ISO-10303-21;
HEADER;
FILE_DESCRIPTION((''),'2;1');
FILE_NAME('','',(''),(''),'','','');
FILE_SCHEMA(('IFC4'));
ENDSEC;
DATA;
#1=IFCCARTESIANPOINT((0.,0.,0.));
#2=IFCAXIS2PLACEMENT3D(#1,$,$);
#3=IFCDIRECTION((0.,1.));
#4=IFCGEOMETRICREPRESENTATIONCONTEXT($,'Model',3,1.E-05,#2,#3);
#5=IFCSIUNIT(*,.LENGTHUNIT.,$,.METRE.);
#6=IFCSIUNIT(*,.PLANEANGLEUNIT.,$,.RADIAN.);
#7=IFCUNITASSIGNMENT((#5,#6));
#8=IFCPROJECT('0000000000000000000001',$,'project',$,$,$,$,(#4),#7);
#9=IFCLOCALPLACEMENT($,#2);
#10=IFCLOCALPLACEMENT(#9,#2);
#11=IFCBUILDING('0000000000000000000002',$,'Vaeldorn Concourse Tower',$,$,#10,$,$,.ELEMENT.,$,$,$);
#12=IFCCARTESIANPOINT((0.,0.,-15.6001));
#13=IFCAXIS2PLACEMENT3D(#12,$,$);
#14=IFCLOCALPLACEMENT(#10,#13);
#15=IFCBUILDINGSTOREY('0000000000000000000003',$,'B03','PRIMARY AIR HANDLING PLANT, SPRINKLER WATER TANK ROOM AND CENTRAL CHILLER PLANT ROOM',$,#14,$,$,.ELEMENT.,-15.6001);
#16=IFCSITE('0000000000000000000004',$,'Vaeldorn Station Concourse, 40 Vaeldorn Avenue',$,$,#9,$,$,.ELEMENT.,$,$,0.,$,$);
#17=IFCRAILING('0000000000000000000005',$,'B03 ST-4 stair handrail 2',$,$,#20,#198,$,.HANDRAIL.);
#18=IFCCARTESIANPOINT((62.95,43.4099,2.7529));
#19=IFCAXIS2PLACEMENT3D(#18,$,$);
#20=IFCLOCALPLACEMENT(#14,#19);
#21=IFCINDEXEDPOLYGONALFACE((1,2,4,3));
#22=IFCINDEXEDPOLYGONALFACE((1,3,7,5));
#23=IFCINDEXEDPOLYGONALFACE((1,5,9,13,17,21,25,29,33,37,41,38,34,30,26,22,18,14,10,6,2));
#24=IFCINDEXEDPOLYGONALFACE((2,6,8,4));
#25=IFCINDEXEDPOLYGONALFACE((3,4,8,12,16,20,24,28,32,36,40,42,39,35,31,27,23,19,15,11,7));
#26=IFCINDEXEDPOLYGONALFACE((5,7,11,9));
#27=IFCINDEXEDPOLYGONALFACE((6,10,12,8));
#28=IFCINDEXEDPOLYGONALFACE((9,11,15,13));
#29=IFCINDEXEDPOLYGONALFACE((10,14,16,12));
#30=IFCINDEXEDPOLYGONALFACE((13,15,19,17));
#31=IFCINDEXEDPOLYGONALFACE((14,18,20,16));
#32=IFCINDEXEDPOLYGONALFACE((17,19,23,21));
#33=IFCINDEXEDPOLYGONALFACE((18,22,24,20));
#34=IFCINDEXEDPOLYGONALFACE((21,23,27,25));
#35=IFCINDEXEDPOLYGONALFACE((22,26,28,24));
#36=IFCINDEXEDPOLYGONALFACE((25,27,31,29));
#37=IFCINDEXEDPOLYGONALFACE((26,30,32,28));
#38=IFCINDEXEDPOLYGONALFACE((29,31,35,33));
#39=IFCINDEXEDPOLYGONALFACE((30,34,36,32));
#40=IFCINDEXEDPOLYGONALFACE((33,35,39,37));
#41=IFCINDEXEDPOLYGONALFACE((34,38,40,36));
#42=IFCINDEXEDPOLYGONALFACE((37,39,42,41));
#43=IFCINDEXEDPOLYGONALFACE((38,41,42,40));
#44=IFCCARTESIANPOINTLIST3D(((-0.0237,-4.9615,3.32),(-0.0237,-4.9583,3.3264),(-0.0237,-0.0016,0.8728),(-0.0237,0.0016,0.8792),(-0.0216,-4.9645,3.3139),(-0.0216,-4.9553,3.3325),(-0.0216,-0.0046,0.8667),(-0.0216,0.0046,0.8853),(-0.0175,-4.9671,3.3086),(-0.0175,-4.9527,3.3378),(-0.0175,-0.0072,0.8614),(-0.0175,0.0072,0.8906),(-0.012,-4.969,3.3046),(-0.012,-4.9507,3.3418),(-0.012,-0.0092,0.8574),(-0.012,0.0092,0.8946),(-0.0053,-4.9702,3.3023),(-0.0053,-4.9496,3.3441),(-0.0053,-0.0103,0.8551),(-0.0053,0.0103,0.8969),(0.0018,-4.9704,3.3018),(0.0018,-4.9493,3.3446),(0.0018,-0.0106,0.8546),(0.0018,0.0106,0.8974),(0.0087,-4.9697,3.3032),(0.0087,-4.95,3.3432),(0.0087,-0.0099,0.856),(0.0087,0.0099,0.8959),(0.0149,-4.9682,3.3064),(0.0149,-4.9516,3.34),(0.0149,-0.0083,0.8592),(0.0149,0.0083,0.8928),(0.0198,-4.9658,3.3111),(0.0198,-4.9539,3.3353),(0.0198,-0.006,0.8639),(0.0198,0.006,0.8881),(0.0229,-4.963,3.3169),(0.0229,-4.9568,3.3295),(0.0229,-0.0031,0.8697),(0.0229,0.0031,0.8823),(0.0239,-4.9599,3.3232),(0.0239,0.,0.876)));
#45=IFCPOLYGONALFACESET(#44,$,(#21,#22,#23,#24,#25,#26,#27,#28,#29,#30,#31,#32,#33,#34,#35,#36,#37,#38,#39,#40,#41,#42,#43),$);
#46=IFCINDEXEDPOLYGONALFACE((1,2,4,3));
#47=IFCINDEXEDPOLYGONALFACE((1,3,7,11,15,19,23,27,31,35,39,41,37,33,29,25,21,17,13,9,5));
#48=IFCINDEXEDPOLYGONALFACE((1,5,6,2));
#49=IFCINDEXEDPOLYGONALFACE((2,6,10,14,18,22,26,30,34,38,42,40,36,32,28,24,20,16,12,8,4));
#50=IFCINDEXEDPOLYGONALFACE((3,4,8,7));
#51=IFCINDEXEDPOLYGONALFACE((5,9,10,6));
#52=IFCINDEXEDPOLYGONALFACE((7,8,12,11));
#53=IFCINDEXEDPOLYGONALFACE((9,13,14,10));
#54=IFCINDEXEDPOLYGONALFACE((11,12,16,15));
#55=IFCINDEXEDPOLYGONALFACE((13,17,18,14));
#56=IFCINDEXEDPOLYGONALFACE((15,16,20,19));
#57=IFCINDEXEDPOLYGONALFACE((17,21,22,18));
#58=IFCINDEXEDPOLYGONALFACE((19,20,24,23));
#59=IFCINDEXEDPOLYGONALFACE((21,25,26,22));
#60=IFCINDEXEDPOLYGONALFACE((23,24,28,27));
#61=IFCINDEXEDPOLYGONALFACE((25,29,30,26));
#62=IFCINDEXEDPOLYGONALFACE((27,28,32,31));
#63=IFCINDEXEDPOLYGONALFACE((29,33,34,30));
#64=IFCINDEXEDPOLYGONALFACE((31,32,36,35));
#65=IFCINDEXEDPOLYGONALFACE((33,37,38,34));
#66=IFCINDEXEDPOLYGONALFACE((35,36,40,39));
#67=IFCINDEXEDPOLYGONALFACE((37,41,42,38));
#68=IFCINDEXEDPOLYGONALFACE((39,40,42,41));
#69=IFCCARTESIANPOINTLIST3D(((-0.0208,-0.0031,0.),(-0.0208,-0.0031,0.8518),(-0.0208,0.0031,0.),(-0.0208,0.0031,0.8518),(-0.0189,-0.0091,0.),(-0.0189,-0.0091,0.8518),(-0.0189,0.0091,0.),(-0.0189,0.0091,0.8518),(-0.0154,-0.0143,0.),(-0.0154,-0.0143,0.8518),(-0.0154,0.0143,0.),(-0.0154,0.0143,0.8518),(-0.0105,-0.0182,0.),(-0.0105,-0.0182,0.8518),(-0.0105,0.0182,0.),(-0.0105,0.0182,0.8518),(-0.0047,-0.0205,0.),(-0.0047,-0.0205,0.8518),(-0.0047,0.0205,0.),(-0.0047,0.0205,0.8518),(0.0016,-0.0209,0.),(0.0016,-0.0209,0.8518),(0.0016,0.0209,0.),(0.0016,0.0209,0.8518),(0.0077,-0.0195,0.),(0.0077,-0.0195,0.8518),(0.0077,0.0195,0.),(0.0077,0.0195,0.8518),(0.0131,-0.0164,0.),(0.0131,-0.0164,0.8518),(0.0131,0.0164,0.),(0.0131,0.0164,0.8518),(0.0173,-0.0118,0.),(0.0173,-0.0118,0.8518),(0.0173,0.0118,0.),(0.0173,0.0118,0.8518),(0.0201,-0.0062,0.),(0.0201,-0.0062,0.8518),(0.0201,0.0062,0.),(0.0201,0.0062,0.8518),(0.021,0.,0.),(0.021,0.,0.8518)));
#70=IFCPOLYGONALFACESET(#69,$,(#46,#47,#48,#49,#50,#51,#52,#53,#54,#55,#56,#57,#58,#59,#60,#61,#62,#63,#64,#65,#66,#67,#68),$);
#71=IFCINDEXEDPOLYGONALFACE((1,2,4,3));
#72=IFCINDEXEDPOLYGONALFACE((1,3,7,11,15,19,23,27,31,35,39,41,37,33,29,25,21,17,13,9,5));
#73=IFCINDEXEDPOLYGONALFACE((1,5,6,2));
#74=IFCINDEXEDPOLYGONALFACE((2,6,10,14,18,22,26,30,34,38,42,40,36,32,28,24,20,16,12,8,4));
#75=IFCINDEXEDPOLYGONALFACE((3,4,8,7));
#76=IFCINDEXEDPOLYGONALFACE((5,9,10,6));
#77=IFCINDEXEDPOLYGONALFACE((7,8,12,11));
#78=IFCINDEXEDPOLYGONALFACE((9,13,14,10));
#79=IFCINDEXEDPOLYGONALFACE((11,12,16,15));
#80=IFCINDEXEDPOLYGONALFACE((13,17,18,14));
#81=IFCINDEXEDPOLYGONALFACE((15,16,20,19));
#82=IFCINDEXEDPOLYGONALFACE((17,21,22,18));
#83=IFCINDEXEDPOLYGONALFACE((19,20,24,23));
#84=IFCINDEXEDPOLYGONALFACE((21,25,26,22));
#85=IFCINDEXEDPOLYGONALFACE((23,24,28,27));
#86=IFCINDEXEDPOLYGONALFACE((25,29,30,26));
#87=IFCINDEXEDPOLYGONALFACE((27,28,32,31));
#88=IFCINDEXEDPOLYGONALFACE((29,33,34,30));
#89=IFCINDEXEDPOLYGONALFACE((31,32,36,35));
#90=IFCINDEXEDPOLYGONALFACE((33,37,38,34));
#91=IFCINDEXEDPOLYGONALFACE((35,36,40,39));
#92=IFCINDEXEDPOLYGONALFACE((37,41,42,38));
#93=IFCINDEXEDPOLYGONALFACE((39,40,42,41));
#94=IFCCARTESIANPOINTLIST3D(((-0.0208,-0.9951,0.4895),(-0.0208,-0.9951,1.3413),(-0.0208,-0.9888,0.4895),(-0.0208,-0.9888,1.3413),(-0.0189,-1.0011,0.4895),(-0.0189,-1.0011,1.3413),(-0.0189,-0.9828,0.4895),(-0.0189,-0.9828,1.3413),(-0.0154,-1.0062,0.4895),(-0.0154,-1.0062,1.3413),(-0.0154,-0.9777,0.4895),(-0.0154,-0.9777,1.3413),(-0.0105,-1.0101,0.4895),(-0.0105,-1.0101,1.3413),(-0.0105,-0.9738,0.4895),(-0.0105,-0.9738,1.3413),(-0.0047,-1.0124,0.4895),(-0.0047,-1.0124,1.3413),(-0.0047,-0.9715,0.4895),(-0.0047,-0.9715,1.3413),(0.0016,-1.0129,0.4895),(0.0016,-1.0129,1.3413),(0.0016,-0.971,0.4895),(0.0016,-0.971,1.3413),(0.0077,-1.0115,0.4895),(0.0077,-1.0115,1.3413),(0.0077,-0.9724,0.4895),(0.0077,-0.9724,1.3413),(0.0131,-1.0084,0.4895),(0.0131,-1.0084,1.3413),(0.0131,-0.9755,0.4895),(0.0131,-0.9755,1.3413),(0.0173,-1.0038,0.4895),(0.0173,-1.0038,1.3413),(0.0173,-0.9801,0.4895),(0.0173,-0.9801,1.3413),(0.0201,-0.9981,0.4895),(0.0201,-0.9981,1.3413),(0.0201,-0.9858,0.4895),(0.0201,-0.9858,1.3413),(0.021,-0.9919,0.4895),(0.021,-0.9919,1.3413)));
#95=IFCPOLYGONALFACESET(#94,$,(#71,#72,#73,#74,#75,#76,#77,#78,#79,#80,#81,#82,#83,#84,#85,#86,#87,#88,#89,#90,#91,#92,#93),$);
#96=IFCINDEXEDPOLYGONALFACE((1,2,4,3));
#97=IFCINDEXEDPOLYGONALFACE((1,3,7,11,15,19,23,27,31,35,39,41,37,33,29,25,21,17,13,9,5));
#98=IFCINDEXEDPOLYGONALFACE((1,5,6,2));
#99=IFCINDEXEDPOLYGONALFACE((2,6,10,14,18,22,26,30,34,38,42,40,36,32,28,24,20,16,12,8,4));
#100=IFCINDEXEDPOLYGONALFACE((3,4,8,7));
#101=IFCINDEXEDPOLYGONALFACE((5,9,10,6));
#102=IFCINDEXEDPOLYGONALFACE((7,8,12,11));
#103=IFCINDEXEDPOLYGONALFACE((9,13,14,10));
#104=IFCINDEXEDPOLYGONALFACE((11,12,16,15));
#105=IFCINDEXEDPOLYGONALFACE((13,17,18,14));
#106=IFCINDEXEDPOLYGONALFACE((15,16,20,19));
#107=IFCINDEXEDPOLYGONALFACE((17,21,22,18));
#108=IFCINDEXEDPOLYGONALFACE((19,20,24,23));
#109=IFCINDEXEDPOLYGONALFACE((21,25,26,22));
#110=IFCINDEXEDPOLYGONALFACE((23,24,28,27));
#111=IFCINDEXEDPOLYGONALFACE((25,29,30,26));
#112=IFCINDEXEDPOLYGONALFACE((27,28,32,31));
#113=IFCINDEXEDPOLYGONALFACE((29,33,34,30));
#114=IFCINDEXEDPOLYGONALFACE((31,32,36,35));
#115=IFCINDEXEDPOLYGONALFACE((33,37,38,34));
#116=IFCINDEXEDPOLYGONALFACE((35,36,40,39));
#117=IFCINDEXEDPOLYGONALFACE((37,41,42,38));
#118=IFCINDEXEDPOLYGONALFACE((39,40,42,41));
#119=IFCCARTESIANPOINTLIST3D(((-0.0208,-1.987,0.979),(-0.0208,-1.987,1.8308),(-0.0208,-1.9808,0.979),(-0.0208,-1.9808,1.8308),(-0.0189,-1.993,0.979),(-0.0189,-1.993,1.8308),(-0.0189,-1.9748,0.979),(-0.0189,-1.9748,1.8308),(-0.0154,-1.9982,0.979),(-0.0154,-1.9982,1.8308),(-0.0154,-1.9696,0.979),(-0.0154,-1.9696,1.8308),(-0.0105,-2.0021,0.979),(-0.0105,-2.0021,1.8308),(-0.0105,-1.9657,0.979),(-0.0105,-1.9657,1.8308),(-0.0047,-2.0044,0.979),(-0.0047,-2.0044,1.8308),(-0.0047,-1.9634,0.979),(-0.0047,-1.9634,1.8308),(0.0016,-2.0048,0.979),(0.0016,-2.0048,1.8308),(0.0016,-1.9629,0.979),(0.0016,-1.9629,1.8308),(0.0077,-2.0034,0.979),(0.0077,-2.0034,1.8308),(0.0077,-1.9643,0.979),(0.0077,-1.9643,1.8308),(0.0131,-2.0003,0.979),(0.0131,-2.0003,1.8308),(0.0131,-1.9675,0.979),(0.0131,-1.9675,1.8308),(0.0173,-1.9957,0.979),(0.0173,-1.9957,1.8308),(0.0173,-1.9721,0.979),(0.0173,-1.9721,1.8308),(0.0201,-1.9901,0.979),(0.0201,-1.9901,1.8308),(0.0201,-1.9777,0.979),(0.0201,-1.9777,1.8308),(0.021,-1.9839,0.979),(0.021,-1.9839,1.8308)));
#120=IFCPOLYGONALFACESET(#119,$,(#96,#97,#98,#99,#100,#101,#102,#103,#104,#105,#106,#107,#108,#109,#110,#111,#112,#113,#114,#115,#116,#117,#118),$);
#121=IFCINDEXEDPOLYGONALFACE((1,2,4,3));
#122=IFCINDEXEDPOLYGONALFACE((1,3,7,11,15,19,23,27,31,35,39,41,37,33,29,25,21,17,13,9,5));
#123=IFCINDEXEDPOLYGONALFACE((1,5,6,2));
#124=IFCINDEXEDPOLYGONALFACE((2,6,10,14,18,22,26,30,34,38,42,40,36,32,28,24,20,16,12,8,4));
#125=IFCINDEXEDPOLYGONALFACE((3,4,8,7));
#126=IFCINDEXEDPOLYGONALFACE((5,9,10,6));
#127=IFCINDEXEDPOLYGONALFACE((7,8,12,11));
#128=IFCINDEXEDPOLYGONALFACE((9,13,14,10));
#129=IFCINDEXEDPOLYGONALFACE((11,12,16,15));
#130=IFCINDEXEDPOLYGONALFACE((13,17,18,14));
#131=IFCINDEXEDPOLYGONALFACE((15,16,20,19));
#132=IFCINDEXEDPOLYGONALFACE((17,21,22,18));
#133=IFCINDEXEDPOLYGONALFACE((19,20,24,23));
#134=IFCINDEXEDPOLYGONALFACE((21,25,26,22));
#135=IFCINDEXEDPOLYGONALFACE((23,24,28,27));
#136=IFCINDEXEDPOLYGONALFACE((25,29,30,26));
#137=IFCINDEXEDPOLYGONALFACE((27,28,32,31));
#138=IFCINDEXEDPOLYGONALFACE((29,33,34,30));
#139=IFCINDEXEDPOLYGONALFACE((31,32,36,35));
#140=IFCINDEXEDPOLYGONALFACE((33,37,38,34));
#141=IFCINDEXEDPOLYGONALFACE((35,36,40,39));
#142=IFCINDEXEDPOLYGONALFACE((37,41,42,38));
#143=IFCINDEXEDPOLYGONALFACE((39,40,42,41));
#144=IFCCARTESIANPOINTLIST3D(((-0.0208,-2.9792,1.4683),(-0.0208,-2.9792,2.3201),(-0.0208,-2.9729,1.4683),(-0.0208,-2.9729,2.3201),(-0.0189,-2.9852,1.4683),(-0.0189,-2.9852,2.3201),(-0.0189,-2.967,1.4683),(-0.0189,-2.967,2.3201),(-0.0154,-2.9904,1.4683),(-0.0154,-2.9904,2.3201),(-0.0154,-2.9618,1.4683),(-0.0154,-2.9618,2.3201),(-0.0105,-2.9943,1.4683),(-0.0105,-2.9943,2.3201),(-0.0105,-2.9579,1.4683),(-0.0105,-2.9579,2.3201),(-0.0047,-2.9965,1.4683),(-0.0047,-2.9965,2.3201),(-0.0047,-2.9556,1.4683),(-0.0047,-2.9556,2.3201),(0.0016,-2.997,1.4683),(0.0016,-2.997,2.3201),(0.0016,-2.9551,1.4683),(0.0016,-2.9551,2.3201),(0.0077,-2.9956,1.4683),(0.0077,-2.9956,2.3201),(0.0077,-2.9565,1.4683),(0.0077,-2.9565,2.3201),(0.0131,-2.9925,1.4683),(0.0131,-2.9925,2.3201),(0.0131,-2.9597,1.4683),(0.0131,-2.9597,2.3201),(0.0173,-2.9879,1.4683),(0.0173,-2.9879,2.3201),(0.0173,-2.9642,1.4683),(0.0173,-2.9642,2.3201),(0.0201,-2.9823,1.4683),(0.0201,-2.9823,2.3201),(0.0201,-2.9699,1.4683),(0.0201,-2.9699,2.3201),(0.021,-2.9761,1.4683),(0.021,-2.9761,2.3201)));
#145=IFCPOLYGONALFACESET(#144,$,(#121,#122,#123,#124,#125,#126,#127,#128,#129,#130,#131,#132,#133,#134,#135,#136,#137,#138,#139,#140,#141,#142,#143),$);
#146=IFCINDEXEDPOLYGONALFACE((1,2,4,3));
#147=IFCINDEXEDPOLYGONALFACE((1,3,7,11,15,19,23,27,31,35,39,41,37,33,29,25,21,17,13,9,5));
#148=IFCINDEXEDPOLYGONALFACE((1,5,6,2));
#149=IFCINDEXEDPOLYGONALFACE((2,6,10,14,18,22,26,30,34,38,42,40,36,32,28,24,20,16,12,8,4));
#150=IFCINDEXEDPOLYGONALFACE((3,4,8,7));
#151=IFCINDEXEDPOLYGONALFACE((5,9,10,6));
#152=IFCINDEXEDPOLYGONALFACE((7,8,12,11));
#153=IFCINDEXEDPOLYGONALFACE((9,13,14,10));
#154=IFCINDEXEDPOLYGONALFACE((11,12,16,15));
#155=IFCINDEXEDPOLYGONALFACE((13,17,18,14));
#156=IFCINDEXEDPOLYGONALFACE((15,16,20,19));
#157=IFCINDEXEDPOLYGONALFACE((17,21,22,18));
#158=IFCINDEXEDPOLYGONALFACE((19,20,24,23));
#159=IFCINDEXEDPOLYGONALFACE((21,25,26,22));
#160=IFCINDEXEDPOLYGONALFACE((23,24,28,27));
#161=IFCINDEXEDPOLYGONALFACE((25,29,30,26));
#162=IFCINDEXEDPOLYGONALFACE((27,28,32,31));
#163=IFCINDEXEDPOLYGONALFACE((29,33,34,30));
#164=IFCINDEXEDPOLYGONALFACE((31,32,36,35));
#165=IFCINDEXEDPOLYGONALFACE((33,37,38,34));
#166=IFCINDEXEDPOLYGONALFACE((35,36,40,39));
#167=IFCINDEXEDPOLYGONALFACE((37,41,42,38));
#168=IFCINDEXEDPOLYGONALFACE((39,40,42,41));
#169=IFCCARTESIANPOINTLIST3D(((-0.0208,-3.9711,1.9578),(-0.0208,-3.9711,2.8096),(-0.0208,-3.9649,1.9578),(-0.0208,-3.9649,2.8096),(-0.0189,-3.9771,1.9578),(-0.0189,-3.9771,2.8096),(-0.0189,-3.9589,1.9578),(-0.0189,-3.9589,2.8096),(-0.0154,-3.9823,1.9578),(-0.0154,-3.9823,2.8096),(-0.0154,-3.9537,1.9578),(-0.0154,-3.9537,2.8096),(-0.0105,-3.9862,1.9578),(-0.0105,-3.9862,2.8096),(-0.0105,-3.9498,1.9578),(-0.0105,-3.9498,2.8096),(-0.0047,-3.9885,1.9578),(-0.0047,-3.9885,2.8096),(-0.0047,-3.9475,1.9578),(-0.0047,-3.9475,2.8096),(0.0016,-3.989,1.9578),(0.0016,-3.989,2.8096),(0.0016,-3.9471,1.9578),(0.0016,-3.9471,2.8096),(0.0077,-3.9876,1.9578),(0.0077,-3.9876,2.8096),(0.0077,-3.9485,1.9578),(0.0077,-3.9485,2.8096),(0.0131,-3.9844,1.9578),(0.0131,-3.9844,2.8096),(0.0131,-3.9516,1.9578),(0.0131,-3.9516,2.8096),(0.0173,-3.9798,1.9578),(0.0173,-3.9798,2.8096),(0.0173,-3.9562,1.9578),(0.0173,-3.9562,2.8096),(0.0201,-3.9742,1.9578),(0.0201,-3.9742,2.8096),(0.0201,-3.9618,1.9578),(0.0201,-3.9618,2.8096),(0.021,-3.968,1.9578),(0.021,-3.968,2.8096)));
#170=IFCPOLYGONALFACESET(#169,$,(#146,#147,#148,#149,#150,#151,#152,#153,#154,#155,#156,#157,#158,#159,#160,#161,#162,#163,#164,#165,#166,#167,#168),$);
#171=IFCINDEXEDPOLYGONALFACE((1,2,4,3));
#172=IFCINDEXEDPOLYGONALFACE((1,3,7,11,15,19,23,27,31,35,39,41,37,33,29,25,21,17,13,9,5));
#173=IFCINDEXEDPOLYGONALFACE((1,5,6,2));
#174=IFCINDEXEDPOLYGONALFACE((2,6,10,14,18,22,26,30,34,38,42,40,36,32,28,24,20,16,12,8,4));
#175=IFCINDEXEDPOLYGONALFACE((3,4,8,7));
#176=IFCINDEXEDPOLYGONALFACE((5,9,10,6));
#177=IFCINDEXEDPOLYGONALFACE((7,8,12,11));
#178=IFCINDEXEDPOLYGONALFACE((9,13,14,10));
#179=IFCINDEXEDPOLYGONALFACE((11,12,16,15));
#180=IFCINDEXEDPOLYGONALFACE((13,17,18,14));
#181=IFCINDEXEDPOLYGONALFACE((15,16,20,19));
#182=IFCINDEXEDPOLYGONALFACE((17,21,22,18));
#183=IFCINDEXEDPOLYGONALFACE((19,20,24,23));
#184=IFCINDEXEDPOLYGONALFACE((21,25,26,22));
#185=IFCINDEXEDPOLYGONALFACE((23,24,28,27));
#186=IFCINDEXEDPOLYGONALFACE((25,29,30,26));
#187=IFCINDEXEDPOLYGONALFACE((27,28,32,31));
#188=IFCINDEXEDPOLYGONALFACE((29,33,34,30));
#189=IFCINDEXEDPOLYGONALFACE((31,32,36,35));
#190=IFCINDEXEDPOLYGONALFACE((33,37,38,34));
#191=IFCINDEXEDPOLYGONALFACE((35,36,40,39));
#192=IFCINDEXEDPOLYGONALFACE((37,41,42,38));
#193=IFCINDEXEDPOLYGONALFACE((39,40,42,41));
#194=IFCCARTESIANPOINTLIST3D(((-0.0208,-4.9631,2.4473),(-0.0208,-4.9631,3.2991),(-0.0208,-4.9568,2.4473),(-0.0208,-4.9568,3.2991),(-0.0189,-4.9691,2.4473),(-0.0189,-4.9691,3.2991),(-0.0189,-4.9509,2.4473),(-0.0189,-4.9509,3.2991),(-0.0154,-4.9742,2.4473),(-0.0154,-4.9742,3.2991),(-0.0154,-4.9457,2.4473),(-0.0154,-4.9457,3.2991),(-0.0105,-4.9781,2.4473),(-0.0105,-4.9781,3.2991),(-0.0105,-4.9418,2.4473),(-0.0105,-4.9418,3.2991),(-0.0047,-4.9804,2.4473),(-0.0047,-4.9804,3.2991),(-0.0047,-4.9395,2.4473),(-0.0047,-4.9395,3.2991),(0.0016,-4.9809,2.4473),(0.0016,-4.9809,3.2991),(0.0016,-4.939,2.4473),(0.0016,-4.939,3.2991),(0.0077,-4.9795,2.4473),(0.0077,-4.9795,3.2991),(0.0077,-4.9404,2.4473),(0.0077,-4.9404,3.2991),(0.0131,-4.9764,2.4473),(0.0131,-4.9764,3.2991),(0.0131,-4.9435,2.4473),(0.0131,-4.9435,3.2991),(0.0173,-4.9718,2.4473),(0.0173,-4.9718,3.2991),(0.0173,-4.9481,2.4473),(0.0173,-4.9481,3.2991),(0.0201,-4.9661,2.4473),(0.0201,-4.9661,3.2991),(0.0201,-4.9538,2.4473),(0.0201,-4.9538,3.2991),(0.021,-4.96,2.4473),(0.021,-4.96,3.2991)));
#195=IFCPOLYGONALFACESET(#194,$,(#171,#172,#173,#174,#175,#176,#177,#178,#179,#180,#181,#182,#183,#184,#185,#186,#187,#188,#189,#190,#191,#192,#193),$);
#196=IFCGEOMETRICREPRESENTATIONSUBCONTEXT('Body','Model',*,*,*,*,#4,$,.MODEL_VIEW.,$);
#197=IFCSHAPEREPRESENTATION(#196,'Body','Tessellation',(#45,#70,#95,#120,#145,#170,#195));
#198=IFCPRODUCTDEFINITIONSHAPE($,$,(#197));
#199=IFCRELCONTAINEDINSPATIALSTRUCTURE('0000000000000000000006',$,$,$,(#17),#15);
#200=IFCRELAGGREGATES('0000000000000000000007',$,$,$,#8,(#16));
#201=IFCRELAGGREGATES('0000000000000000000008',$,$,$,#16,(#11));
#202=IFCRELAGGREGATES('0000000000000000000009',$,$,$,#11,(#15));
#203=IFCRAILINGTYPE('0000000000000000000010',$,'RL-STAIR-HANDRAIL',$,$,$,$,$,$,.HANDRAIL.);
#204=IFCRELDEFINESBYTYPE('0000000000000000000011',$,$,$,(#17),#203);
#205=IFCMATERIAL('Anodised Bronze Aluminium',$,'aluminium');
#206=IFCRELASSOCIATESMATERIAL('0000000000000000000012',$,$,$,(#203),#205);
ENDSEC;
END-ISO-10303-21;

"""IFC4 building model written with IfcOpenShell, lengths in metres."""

from ifc_helpers import new_model, si_unit, direction, frame, origin, origin_2d, place, context, subcontext, project, spatial, circle, extrude, material, type_object, element, save


model = new_model("IFC4")

# Units and contexts
model_context = context("Model", 3, precision=1e-05, world=origin(), true_north=direction((0.0, 1.0)))
body_context = subcontext(model_context, "Body", "Model", "MODEL_VIEW")
ifc_project = project(units=[si_unit("LENGTHUNIT", "METRE"), si_unit("PLANEANGLEUNIT", "RADIAN")], contexts=[model_context])

# Site, building, storey
site_placement = place(None, origin())
site = spatial("IfcSite", under=ifc_project, at=site_placement, Name="Vaeldorn Station Concourse, 40 Vaeldorn Avenue", CompositionType="ELEMENT", RefElevation=0.0)
building_placement = place(site_placement, origin())
building = spatial("IfcBuilding", under=site, at=building_placement, Name="Vaeldorn Concourse Tower", CompositionType="ELEMENT")
storey_placement = place(building_placement, frame((0.0, 0.0, -15.6001)))
storey = spatial("IfcBuildingStorey", under=building, at=storey_placement, Name="B03", Description="PRIMARY AIR HANDLING PLANT, SPRINKLER WATER TANK ROOM AND CENTRAL CHILLER PLANT ROOM", CompositionType="ELEMENT", Elevation=-15.6001)

# Railing
ifc_material_1 = material(Name="Anodised Bronze Aluminium", Category="aluminium")
railing_type_1 = type_object("IfcRailingType", Name="RL-STAIR-HANDRAIL", PredefinedType="HANDRAIL", material=ifc_material_1)
railing_1_placement = place(storey_placement, frame((62.95, 43.4099, 2.7529)))
element("IfcRailing", 1, at=railing_1_placement, inside=storey, type_object=railing_type_1, Name="B03 ST-4 stair handrail 2", PredefinedType="HANDRAIL", context=body_context, shape_type="SweptSolid", body=[
    extrude(circle(Radius=0.0239, at=origin_2d()), frame((0.0, 0.0, 0.876), z_axis=(0.0, -0.896781, 0.442475), x_axis=(1.0, 0.0, 0.0)), (0.0, 0.0, 1.0), 5.5308),
    extrude(circle(Radius=0.021, at=origin_2d()), origin(), (0.0, 0.0, 1.0), 0.8518),
    extrude(circle(Radius=0.021, at=origin_2d()), frame((0.0, -0.9919, 0.4895)), (0.0, 0.0, 1.0), 0.8518),
    extrude(circle(Radius=0.021, at=origin_2d()), frame((0.0, -1.9839, 0.979)), (0.0, 0.0, 1.0), 0.8518),
    extrude(circle(Radius=0.021, at=origin_2d()), frame((0.0, -2.9761, 1.4683)), (0.0, 0.0, 1.0), 0.8518),
    extrude(circle(Radius=0.021, at=origin_2d()), frame((0.0, -3.968, 1.9578)), (0.0, 0.0, 1.0), 0.8518),
    extrude(circle(Radius=0.021, at=origin_2d()), frame((0.0, -4.96, 2.4473)), (0.0, 0.0, 1.0), 0.8518),
])

save(model, "model.ifc")
